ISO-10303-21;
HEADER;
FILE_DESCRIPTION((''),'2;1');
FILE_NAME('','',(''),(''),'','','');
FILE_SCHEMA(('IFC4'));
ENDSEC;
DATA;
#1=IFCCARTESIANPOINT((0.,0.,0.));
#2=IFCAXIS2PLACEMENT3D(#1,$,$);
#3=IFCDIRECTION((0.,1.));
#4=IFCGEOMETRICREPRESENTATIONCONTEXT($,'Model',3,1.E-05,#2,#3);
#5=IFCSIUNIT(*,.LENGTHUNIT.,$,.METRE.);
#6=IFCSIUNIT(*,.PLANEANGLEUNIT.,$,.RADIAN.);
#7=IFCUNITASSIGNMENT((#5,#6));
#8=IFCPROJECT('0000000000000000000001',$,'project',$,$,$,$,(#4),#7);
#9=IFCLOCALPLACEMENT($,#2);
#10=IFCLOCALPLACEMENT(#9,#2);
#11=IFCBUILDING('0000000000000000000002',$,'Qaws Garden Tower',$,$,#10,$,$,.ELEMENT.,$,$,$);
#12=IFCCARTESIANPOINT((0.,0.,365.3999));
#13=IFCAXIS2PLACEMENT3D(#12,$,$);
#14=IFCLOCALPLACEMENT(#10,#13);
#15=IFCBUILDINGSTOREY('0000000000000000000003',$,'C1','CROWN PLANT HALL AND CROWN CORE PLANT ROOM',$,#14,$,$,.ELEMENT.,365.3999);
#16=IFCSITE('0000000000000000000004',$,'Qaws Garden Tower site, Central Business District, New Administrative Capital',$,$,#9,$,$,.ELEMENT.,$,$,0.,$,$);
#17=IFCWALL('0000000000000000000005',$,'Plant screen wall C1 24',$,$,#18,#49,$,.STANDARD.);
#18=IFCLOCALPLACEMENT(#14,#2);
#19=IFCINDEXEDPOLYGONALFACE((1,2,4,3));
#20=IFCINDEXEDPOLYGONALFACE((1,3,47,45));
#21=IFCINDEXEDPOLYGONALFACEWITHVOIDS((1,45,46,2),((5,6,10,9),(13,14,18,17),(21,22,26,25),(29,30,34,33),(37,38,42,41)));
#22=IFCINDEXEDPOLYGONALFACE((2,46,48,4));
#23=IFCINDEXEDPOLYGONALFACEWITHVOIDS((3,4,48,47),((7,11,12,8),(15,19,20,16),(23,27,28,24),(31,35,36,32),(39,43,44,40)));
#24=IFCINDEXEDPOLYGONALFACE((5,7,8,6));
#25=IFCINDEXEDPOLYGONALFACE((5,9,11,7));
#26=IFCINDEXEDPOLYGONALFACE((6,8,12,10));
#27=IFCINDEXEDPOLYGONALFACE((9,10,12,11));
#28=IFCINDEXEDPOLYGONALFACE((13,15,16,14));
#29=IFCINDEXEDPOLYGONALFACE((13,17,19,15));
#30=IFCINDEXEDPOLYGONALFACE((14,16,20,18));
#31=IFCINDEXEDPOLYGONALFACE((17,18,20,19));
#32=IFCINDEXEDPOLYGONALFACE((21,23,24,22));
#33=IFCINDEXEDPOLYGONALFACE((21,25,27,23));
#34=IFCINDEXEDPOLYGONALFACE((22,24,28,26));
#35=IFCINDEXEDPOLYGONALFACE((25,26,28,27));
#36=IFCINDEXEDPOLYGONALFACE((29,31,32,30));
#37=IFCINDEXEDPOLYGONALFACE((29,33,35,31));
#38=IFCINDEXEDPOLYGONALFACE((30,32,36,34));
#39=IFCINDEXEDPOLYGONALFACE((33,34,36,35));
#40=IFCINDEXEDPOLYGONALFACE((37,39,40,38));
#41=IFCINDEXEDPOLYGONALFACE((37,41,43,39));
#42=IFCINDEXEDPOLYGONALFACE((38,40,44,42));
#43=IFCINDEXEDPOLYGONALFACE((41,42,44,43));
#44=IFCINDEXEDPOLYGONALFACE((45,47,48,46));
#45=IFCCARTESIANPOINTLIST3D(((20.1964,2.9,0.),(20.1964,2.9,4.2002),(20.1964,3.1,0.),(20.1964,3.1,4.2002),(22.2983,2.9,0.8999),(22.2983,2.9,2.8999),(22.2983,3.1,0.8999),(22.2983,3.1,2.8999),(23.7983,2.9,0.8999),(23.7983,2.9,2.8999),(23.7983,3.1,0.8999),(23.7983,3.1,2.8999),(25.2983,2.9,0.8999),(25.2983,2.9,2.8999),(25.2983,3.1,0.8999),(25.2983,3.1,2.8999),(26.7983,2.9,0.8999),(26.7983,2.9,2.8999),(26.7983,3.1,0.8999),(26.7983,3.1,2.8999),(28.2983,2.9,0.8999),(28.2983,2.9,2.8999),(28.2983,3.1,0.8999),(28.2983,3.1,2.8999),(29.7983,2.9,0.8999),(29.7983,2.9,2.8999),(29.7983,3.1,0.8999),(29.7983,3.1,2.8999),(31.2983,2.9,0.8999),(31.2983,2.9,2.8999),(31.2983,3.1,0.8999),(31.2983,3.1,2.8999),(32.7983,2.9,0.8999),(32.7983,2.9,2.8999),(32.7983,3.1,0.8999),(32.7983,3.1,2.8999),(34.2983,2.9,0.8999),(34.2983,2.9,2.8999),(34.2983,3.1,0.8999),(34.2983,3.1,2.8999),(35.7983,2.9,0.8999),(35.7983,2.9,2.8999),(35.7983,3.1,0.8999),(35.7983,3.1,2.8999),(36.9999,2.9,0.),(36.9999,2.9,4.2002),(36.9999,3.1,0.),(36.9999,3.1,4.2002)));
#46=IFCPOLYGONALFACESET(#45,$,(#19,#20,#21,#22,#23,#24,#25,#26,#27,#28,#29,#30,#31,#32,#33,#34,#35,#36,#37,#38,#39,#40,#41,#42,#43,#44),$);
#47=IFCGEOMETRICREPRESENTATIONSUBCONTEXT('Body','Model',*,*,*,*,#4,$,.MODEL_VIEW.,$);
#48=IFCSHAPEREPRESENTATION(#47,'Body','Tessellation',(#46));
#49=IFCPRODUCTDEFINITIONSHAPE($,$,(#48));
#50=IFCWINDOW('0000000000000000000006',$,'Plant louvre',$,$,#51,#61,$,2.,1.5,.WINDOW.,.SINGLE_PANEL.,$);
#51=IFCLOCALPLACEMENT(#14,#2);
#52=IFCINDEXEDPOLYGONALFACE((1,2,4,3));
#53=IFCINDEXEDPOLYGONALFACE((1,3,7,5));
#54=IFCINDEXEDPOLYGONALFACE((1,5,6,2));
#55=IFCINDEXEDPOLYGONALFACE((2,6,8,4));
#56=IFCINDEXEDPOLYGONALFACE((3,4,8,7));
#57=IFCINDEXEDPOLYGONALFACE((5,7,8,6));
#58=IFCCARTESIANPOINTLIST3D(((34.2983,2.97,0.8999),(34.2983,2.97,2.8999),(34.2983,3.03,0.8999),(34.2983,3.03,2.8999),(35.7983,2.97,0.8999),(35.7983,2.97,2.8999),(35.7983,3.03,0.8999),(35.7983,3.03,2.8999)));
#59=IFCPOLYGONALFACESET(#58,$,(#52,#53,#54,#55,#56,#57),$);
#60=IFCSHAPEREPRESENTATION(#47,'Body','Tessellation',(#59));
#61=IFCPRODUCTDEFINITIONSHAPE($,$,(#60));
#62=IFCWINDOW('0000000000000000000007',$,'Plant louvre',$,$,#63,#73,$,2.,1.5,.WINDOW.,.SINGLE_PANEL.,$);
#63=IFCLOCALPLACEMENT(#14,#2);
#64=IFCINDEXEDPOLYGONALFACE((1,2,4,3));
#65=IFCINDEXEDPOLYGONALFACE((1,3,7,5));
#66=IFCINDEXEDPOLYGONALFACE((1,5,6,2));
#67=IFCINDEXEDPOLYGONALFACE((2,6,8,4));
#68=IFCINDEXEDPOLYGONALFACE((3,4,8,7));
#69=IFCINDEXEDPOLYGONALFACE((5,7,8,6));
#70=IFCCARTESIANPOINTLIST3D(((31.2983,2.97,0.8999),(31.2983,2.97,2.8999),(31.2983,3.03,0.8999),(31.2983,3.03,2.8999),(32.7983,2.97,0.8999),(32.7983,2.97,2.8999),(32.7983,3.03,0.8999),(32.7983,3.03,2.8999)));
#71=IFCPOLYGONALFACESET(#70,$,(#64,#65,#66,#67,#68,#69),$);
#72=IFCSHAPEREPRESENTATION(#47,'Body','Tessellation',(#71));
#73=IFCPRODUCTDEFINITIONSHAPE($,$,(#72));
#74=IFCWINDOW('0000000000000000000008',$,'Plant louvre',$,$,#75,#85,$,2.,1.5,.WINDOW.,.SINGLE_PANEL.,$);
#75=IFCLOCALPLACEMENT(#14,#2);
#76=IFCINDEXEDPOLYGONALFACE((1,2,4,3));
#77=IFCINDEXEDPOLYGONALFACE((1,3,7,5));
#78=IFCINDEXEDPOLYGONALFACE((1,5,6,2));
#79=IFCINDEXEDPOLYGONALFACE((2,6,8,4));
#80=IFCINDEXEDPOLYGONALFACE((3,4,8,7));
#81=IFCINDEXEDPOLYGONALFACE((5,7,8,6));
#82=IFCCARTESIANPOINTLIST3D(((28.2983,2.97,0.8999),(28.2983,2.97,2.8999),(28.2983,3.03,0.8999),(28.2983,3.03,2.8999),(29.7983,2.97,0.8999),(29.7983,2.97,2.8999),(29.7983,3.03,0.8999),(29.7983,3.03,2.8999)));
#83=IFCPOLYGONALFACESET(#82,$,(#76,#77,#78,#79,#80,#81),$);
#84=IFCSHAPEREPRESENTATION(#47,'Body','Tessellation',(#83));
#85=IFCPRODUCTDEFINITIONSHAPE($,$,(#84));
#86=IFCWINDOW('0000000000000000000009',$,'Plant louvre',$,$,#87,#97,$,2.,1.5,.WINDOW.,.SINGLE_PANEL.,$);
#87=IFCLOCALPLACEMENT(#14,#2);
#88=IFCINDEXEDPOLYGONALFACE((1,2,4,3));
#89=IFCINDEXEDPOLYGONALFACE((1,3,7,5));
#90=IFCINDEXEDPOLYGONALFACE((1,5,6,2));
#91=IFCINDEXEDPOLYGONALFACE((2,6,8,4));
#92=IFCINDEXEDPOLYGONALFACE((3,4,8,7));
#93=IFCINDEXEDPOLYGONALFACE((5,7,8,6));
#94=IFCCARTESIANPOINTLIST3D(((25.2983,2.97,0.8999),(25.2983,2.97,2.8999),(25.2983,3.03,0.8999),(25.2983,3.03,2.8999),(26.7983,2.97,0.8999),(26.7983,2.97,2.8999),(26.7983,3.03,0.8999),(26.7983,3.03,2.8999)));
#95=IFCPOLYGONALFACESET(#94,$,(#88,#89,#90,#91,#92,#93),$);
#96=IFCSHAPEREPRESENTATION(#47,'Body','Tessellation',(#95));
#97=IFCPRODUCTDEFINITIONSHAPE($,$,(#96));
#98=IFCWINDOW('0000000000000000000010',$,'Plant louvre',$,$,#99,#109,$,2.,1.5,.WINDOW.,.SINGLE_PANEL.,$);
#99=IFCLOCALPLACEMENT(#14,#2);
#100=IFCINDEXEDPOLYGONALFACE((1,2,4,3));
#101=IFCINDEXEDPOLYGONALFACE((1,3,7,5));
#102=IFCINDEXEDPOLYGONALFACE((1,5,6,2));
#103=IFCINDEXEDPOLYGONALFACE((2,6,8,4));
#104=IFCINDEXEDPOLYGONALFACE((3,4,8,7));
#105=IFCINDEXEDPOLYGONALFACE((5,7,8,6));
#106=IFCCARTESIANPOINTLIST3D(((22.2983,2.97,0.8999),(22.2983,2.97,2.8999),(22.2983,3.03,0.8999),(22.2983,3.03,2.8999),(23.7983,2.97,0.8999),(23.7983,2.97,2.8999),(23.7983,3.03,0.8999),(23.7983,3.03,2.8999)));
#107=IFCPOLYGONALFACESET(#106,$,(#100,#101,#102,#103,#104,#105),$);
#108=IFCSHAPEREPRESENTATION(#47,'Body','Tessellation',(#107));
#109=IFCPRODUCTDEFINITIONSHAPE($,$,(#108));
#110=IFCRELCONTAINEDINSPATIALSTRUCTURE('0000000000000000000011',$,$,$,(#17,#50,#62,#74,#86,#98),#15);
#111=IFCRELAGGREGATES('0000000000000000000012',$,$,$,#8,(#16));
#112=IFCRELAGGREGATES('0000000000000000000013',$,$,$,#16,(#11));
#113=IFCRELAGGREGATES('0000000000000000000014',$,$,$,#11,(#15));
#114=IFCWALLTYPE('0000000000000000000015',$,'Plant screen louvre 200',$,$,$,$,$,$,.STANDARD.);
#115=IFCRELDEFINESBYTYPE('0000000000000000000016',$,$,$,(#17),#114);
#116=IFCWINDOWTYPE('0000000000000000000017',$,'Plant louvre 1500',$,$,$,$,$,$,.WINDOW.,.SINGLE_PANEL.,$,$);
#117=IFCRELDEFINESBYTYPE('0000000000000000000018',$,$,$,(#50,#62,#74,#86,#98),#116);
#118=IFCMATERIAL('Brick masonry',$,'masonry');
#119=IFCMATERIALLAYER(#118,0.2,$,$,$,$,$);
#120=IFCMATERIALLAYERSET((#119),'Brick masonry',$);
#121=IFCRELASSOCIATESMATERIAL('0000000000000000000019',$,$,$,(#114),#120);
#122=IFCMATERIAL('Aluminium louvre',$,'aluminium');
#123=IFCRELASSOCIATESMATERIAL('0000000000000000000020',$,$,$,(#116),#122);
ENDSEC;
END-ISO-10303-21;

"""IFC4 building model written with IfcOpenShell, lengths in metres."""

from ifc_helpers import new_model, si_unit, direction, frame, frame_2d, origin, place, context, subcontext, project, spatial, rectangle, extrude, material, layer, layer_set, type_object, element, fill, save


model = new_model("IFC4")

# Units and contexts
model_context = context("Model", 3, precision=1e-05, world=origin(), true_north=direction((0.0, 1.0)))
body_context = subcontext(model_context, "Body", "Model", "MODEL_VIEW")
ifc_project = project(units=[si_unit("LENGTHUNIT", "METRE"), si_unit("PLANEANGLEUNIT", "RADIAN")], contexts=[model_context])

# Site, building, storey
site_placement = place(None, origin())
site = spatial("IfcSite", under=ifc_project, at=site_placement, Name="Qaws Garden Tower site, Central Business District, New Administrative Capital", CompositionType="ELEMENT", RefElevation=0.0)
building_placement = place(site_placement, origin())
building = spatial("IfcBuilding", under=site, at=building_placement, Name="Qaws Garden Tower", CompositionType="ELEMENT")
storey_placement = place(building_placement, frame((0.0, 0.0, 365.3999)))
storey = spatial("IfcBuildingStorey", under=building, at=storey_placement, Name="C1", Description="CROWN PLANT HALL AND CROWN CORE PLANT ROOM", CompositionType="ELEMENT", Elevation=365.3999)

# Shared definitions
ifc_material_1 = material(Name="Brick masonry", Category="masonry")
ifc_layer_1 = layer(ifc_material_1, 0.2)
ifc_layer_set_1 = layer_set([ifc_layer_1], Name="Brick masonry")
wall_type_1 = type_object("IfcWallType", Name="Plant screen louvre 200", PredefinedType="STANDARD", material=ifc_layer_set_1)
ifc_material_2 = material(Name="Aluminium louvre", Category="aluminium")
window_type = type_object("IfcWindowType", Name="Plant louvre 1500", PartitioningType="SINGLE_PANEL", PredefinedType="WINDOW", material=ifc_material_2)

# Wall, openings, windows
wall_1_placement = place(storey_placement, frame((37.0, 3.0, 0.0), z_axis=(0.0, 0.0, 1.0), x_axis=(-1.0, 0.0, 0.0)))
wall_1 = element("IfcWall", 1, at=wall_1_placement, inside=storey, type_object=wall_type_1, Name="Plant screen wall C1 24", PredefinedType="STANDARD", context=body_context, shape_type="SweptSolid", body=[
    extrude(rectangle(XDim=16.8035, YDim=0.2, at=frame_2d((8.4019, 0.0))), origin(), (0.0, 0.0, 1.0), 4.2002),
])
opening_1_placement = place(wall_1_placement, frame((1.2017, 0.0, 0.8999)))
opening_1 = element("IfcOpeningElement", 2, at=opening_1_placement, cuts=wall_1, PredefinedType="OPENING", context=body_context, shape_type="SweptSolid", body=[
    extrude(rectangle(XDim=1.5, YDim=2.0, at=frame_2d((0.75, 1.0))), frame((0.0, 0.1099, 0.0), z_axis=(0.0, -1.0, 0.0), x_axis=(1.0, 0.0, 0.0)), (0.0, 0.0, 1.0), 0.22),
])
opening_2_placement = place(wall_1_placement, frame((4.2017, 0.0, 0.8999)))
opening_2 = element("IfcOpeningElement", 3, at=opening_2_placement, cuts=wall_1, PredefinedType="OPENING", context=body_context, shape_type="SweptSolid", body=[
    extrude(rectangle(XDim=1.5, YDim=2.0, at=frame_2d((0.75, 1.0))), frame((0.0, 0.1099, 0.0), z_axis=(0.0, -1.0, 0.0), x_axis=(1.0, 0.0, 0.0)), (0.0, 0.0, 1.0), 0.22),
])
opening_3_placement = place(wall_1_placement, frame((7.2017, 0.0, 0.8999)))
opening_3 = element("IfcOpeningElement", 4, at=opening_3_placement, cuts=wall_1, PredefinedType="OPENING", context=body_context, shape_type="SweptSolid", body=[
    extrude(rectangle(XDim=1.5, YDim=2.0, at=frame_2d((0.75, 1.0))), frame((0.0, 0.1099, 0.0), z_axis=(0.0, -1.0, 0.0), x_axis=(1.0, 0.0, 0.0)), (0.0, 0.0, 1.0), 0.22),
])
opening_4_placement = place(wall_1_placement, frame((10.2017, 0.0, 0.8999)))
opening_4 = element("IfcOpeningElement", 5, at=opening_4_placement, cuts=wall_1, PredefinedType="OPENING", context=body_context, shape_type="SweptSolid", body=[
    extrude(rectangle(XDim=1.5, YDim=2.0, at=frame_2d((0.75, 1.0))), frame((0.0, 0.1099, 0.0), z_axis=(0.0, -1.0, 0.0), x_axis=(1.0, 0.0, 0.0)), (0.0, 0.0, 1.0), 0.22),
])
opening_5_placement = place(wall_1_placement, frame((13.2017, 0.0, 0.8999)))
opening_5 = element("IfcOpeningElement", 6, at=opening_5_placement, cuts=wall_1, PredefinedType="OPENING", context=body_context, shape_type="SweptSolid", body=[
    extrude(rectangle(XDim=1.5, YDim=2.0, at=frame_2d((0.75, 1.0))), frame((0.0, 0.1099, 0.0), z_axis=(0.0, -1.0, 0.0), x_axis=(1.0, 0.0, 0.0)), (0.0, 0.0, 1.0), 0.22),
])
window_1_placement = place(opening_1_placement, origin())
window_1 = element("IfcWindow", 7, at=window_1_placement, inside=storey, type_object=window_type, Name="Plant louvre", OverallHeight=2.0, OverallWidth=1.5, PartitioningType="SINGLE_PANEL", PredefinedType="WINDOW", context=body_context, shape_type="SweptSolid", body=[
    extrude(rectangle(XDim=1.5, YDim=2.0, at=frame_2d((0.75, 1.0))), frame((0.0, 0.03, 0.0), z_axis=(0.0, -1.0, 0.0), x_axis=(1.0, 0.0, 0.0)), (0.0, 0.0, 1.0), 0.0601),
])
fill(opening_1, window_1)
window_2_placement = place(opening_2_placement, origin())
window_2 = element("IfcWindow", 8, at=window_2_placement, inside=storey, type_object=window_type, Name="Plant louvre", OverallHeight=2.0, OverallWidth=1.5, PartitioningType="SINGLE_PANEL", PredefinedType="WINDOW", context=body_context, shape_type="SweptSolid", body=[
    extrude(rectangle(XDim=1.5, YDim=2.0, at=frame_2d((0.75, 1.0))), frame((0.0, 0.03, 0.0), z_axis=(0.0, -1.0, 0.0), x_axis=(1.0, 0.0, 0.0)), (0.0, 0.0, 1.0), 0.0601),
])
fill(opening_2, window_2)
window_3_placement = place(opening_3_placement, origin())
window_3 = element("IfcWindow", 9, at=window_3_placement, inside=storey, type_object=window_type, Name="Plant louvre", OverallHeight=2.0, OverallWidth=1.5, PartitioningType="SINGLE_PANEL", PredefinedType="WINDOW", context=body_context, shape_type="SweptSolid", body=[
    extrude(rectangle(XDim=1.5, YDim=2.0, at=frame_2d((0.75, 1.0))), frame((0.0, 0.03, 0.0), z_axis=(0.0, -1.0, 0.0), x_axis=(1.0, 0.0, 0.0)), (0.0, 0.0, 1.0), 0.0601),
])
fill(opening_3, window_3)
window_4_placement = place(opening_4_placement, origin())
window_4 = element("IfcWindow", 10, at=window_4_placement, inside=storey, type_object=window_type, Name="Plant louvre", OverallHeight=2.0, OverallWidth=1.5, PartitioningType="SINGLE_PANEL", PredefinedType="WINDOW", context=body_context, shape_type="SweptSolid", body=[
    extrude(rectangle(XDim=1.5, YDim=2.0, at=frame_2d((0.75, 1.0))), frame((0.0, 0.03, 0.0), z_axis=(0.0, -1.0, 0.0), x_axis=(1.0, 0.0, 0.0)), (0.0, 0.0, 1.0), 0.0601),
])
fill(opening_4, window_4)
window_5_placement = place(opening_5_placement, origin())
window_5 = element("IfcWindow", 11, at=window_5_placement, inside=storey, type_object=window_type, Name="Plant louvre", OverallHeight=2.0, OverallWidth=1.5, PartitioningType="SINGLE_PANEL", PredefinedType="WINDOW", context=body_context, shape_type="SweptSolid", body=[
    extrude(rectangle(XDim=1.5, YDim=2.0, at=frame_2d((0.75, 1.0))), frame((0.0, 0.03, 0.0), z_axis=(0.0, -1.0, 0.0), x_axis=(1.0, 0.0, 0.0)), (0.0, 0.0, 1.0), 0.0601),
])
fill(opening_5, window_5)

save(model, "model.ifc")
